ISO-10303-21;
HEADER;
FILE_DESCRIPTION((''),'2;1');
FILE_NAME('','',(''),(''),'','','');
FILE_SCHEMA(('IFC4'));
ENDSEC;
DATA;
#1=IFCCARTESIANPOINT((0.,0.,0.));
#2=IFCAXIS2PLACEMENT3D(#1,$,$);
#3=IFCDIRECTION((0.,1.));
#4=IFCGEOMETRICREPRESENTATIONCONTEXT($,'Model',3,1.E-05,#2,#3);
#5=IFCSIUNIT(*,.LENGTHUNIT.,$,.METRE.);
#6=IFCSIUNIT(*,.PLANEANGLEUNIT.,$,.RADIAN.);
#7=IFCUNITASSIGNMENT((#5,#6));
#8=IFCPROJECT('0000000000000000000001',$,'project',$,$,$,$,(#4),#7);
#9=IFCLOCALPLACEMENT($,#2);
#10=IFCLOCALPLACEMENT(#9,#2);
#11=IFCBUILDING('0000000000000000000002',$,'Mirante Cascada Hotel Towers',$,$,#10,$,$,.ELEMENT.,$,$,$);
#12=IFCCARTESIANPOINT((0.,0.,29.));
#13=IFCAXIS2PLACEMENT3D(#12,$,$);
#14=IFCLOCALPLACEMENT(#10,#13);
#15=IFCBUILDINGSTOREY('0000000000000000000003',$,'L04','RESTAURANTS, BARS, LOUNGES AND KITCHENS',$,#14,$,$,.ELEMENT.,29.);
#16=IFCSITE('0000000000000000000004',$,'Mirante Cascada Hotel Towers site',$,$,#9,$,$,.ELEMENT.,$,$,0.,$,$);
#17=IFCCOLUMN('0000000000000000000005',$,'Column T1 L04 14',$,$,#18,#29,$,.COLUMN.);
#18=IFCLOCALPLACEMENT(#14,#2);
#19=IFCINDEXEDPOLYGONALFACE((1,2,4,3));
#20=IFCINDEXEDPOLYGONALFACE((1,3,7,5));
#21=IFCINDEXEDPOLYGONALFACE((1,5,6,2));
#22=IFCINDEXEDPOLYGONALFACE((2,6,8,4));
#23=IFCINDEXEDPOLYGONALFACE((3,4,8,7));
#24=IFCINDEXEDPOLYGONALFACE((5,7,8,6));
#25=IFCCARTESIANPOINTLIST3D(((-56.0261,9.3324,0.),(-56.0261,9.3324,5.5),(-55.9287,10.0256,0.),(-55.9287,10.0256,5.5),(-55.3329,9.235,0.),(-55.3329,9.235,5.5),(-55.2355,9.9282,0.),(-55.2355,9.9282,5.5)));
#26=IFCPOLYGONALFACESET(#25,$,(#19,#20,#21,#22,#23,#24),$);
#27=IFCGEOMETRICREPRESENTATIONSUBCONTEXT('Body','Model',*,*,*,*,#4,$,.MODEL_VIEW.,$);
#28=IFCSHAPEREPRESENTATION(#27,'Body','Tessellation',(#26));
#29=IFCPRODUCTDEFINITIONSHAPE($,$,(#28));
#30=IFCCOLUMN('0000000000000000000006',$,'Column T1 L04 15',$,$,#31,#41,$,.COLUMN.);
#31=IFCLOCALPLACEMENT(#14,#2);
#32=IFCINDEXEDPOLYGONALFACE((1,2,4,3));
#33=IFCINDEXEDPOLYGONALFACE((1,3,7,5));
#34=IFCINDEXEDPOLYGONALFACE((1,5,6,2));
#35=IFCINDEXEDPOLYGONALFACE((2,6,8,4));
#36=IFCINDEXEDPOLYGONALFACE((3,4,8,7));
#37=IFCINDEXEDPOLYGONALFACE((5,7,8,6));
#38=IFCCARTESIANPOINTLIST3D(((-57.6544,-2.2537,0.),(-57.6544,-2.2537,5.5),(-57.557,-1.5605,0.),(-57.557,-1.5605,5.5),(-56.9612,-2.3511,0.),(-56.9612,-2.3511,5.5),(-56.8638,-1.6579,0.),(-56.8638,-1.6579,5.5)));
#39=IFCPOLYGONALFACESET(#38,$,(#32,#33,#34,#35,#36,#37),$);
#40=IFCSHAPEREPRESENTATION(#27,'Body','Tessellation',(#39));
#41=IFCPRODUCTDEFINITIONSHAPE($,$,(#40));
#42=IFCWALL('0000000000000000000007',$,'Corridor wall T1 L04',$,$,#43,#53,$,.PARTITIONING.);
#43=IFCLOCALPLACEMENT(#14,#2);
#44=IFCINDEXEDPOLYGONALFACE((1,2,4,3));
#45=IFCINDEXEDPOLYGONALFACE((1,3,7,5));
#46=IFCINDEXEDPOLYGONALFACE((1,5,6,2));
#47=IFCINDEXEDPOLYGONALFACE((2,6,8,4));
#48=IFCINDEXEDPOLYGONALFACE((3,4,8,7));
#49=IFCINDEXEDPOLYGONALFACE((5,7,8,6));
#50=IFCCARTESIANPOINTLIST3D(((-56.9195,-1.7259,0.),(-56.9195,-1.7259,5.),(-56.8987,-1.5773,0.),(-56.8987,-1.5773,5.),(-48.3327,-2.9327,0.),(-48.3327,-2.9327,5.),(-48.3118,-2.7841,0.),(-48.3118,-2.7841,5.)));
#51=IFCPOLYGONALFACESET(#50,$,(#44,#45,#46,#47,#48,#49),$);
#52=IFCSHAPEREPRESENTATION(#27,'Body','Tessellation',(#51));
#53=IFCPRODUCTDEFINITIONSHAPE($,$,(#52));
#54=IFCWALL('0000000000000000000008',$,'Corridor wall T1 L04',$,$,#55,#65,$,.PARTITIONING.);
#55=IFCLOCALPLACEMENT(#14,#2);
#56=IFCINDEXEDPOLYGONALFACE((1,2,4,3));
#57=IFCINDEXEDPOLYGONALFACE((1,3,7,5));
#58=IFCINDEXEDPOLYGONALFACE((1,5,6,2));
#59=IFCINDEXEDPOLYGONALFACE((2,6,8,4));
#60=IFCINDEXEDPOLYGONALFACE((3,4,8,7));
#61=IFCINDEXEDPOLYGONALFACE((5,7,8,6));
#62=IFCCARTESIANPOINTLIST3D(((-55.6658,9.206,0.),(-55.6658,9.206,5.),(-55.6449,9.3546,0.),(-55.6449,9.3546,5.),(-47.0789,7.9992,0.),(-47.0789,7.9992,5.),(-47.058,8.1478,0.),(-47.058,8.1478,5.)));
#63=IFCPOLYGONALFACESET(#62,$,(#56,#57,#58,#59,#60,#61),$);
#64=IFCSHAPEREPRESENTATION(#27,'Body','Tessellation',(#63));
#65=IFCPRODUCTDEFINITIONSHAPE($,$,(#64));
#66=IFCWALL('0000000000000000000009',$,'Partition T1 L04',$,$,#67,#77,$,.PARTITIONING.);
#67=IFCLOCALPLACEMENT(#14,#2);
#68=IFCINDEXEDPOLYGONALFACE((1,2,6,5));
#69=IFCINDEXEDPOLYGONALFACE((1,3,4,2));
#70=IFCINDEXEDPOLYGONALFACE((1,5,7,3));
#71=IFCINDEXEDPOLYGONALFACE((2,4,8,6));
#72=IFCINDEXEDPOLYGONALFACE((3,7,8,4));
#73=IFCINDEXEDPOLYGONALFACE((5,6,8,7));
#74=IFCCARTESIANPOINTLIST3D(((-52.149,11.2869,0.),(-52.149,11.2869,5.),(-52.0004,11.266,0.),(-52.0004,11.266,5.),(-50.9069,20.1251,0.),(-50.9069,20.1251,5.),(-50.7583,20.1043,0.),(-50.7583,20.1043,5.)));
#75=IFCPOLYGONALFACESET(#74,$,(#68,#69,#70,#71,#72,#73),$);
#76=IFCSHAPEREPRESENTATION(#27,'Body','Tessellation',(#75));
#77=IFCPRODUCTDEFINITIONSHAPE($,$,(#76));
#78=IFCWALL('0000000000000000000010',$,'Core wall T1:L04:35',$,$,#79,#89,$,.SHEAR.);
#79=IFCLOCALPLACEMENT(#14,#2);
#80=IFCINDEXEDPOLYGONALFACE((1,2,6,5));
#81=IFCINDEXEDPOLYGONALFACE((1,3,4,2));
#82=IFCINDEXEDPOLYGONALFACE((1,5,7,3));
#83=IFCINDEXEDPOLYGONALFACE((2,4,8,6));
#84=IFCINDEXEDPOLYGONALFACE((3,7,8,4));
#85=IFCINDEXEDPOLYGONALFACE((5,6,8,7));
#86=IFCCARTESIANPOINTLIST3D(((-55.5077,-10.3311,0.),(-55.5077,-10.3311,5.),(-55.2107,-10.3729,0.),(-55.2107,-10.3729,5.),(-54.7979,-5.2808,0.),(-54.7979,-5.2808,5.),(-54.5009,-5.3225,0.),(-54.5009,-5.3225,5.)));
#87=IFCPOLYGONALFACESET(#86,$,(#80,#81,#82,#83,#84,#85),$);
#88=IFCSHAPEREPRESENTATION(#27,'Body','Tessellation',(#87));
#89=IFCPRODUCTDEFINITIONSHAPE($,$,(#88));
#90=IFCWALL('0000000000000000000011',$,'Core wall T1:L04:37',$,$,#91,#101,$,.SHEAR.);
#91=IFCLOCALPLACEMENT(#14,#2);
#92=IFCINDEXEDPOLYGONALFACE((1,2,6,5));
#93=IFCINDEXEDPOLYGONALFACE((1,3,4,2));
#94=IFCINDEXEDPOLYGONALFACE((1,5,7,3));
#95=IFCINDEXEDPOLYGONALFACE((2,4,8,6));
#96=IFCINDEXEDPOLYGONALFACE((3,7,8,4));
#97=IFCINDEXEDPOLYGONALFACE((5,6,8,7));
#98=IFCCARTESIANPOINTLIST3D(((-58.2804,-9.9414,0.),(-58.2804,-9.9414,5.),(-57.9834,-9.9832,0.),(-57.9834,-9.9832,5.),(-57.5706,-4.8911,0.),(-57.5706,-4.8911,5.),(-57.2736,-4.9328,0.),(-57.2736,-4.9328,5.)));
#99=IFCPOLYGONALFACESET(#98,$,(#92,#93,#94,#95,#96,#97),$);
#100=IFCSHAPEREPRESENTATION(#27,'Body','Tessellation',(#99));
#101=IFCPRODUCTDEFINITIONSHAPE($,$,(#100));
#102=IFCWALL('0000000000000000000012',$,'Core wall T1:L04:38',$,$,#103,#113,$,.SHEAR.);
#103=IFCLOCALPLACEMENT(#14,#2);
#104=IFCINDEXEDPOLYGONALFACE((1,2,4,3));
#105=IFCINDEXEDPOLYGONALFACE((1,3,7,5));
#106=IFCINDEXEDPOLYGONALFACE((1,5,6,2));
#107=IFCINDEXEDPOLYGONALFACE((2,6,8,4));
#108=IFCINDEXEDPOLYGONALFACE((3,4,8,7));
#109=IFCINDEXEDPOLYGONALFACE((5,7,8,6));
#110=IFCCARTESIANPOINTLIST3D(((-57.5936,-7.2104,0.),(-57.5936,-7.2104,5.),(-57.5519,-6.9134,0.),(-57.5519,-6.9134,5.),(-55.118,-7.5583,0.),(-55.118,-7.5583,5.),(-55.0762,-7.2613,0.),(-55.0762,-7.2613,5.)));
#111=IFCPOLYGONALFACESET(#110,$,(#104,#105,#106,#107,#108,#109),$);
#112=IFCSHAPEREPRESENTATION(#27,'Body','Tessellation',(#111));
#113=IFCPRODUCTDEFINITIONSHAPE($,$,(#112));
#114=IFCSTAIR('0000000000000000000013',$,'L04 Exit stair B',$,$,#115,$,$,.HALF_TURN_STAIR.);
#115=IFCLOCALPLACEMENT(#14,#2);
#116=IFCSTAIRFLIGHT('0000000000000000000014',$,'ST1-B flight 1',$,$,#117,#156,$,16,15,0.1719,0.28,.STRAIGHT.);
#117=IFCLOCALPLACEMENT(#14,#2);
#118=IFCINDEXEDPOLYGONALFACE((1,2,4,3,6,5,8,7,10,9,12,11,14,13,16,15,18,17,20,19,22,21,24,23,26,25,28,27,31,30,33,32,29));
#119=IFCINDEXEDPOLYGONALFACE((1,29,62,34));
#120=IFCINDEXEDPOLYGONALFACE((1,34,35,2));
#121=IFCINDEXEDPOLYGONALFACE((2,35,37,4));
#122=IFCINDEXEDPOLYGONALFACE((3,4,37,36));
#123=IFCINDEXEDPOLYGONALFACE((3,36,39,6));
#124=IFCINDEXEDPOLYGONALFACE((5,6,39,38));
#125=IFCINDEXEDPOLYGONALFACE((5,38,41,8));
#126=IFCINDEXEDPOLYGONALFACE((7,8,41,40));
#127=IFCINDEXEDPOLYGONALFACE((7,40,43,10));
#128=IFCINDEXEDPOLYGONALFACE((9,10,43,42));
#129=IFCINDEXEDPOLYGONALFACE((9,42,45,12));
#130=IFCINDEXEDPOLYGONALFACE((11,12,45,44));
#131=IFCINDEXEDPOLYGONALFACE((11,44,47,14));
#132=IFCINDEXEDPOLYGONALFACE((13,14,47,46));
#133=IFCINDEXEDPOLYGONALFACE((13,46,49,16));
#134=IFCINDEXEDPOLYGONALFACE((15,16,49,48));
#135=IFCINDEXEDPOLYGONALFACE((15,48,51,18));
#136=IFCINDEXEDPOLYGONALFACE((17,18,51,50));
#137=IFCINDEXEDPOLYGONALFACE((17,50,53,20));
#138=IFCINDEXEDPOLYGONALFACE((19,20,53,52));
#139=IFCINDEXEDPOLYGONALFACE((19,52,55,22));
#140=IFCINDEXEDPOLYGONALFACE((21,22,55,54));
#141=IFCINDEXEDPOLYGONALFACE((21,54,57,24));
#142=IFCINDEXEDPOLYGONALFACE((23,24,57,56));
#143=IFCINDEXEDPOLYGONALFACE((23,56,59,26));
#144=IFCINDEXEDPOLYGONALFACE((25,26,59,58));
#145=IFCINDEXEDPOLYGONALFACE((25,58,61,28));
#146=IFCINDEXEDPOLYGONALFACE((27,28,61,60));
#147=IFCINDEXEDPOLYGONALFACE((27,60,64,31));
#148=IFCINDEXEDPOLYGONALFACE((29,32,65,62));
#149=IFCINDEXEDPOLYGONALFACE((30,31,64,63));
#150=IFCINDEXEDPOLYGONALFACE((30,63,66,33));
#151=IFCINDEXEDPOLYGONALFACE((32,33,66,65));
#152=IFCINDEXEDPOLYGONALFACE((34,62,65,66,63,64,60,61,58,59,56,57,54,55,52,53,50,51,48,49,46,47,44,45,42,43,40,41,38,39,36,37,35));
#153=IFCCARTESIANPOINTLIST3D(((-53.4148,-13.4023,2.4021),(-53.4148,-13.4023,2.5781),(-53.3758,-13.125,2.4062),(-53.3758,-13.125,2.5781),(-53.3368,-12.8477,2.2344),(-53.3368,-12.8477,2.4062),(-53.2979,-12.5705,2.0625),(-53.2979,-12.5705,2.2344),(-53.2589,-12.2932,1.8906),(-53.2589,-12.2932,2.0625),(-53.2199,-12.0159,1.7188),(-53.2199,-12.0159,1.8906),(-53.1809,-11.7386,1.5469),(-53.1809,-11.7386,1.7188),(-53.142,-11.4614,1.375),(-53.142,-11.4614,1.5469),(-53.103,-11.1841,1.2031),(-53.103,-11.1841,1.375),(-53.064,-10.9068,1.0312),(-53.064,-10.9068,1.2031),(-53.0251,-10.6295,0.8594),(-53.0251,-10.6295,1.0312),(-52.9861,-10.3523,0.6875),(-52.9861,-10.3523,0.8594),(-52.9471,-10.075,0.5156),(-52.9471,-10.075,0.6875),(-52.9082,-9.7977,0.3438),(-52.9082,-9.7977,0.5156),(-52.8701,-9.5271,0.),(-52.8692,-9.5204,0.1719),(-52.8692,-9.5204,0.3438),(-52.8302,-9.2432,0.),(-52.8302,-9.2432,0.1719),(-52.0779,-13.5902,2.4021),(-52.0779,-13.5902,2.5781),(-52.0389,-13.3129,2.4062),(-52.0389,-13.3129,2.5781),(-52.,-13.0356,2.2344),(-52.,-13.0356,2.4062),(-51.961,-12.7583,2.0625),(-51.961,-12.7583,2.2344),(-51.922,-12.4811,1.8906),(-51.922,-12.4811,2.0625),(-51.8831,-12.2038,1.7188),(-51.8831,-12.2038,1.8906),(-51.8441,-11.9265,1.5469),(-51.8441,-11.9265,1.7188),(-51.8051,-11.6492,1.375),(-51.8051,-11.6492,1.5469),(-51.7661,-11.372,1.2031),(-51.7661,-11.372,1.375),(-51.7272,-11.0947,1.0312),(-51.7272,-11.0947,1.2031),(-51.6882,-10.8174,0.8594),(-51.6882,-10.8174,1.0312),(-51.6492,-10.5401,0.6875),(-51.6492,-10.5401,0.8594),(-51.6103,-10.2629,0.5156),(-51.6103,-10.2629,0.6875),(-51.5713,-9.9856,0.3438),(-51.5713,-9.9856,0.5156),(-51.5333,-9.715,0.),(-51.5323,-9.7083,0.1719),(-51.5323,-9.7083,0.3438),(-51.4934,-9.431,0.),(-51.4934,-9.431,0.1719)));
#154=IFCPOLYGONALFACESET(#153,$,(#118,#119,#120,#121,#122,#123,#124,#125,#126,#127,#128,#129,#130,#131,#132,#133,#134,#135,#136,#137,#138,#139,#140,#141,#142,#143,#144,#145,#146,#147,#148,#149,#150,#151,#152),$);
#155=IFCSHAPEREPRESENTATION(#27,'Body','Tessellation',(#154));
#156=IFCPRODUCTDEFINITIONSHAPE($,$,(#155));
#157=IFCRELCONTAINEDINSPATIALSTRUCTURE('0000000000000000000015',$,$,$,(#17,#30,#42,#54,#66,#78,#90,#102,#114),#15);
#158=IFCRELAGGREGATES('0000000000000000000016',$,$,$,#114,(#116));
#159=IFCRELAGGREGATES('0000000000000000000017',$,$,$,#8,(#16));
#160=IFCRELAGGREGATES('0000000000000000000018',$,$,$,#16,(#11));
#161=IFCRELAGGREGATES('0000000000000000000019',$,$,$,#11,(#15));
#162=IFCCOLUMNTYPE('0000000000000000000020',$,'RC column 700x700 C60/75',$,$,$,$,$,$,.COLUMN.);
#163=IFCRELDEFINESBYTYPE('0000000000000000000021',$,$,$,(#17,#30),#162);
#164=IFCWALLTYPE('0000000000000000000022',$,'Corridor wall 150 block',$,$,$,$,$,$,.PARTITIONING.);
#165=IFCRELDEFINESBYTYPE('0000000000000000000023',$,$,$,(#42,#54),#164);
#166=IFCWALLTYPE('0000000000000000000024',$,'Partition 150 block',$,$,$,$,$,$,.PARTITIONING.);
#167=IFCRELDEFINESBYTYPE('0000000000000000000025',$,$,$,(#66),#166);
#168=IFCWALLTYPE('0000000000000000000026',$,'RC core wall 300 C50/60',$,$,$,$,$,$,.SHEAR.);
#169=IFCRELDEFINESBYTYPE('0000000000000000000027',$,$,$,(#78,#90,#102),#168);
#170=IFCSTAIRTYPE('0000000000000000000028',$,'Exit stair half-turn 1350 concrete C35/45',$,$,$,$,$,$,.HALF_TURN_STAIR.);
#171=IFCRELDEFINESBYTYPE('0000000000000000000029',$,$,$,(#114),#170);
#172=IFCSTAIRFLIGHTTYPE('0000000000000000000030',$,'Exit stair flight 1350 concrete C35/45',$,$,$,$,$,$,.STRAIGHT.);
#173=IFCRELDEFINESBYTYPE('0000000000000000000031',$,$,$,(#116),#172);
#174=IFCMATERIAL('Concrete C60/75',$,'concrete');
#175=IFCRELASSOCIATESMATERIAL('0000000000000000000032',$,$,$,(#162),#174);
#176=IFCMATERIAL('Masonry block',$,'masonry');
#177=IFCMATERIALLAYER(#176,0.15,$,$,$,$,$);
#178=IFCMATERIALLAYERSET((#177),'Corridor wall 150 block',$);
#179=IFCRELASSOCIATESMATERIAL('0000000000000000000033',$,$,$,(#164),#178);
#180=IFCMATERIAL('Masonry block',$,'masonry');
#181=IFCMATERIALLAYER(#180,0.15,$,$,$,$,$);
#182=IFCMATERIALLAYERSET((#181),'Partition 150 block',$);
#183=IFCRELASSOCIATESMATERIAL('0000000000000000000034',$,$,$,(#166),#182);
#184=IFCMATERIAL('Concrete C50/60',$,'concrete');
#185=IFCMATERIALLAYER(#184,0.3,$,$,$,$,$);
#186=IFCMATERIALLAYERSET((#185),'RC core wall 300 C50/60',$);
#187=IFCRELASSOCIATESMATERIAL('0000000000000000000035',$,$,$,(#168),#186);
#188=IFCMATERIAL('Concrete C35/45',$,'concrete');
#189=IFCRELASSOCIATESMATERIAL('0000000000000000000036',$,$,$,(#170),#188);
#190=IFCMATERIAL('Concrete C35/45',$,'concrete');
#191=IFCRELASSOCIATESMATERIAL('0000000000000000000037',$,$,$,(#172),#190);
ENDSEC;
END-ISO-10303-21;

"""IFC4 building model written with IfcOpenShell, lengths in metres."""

from ifc_helpers import new_model, si_unit, direction, frame, frame_2d, origin, origin_2d, place, context, subcontext, project, spatial, polyline, rectangle, outline, extrude, material, layer, layer_set, material_profile, profile_set, type_object, element, aggregate, save


model = new_model("IFC4")

# Units and contexts
model_context = context("Model", 3, precision=1e-05, world=origin(), true_north=direction((0.0, 1.0)))
body_context = subcontext(model_context, "Body", "Model", "MODEL_VIEW")
ifc_project = project(units=[si_unit("LENGTHUNIT", "METRE"), si_unit("PLANEANGLEUNIT", "RADIAN")], contexts=[model_context])

# Site, building, storey
site_placement = place(None, origin())
site = spatial("IfcSite", under=ifc_project, at=site_placement, Name="Mirante Cascada Hotel Towers site", CompositionType="ELEMENT", RefElevation=0.0)
building_placement = place(site_placement, origin())
building = spatial("IfcBuilding", under=site, at=building_placement, Name="Mirante Cascada Hotel Towers", CompositionType="ELEMENT")
storey_placement = place(building_placement, frame((0.0, 0.0, 29.0)))
storey = spatial("IfcBuildingStorey", under=building, at=storey_placement, Name="L04", Description="RESTAURANTS, BARS, LOUNGES AND KITCHENS", CompositionType="ELEMENT", Elevation=29.0)

# Columns
ifc_material_1 = material(Name="Concrete C60/75", Category="concrete")
ifc_material_profile = material_profile(ifc_material_1, rectangle(XDim=0.7, YDim=0.7, at=origin_2d()), Name="RC column 700x700 C60/75")
ifc_profile_set = profile_set([ifc_material_profile], Name="Concrete C60/75")
column_type = type_object("IfcColumnType", Name="RC column 700x700 C60/75", PredefinedType="COLUMN", material=ifc_profile_set)
for number, where, z_axis, x_axis, name in (
    (1, (-55.6308, 9.6303, 0.0), (0.0, 0.0, 1.0), (-0.990268, 0.139173, 0.0), "Column T1 L04 14"),
    (2, (-57.2591, -1.9558, 0.0), (0.0, 0.0, 1.0), (-0.990268, 0.139173, 0.0), "Column T1 L04 15"),
):
    element("IfcColumn", number, at=place(storey_placement, frame(where, z_axis=z_axis, x_axis=x_axis)), inside=storey, type_object=column_type, Name=name, PredefinedType="COLUMN", context=body_context, shape_type="SweptSolid", body=[
        extrude(rectangle(XDim=0.7, YDim=0.7, at=origin_2d()), origin(), (0.0, 0.0, 1.0), 5.5),
    ])

# Walls
ifc_material_2 = material(Name="Masonry block", Category="masonry")
ifc_layer_1 = layer(ifc_material_2, 0.15)
ifc_layer_set_1 = layer_set([ifc_layer_1], Name="Corridor wall 150 block")
wall_type_1 = type_object("IfcWallType", Name="Corridor wall 150 block", PredefinedType="PARTITIONING", material=ifc_layer_set_1)
wall_1_placement = place(storey_placement, frame((-56.9091, -1.6516, 0.0), z_axis=(0.0, 0.0, 1.0), x_axis=(0.990268, -0.139174, 0.0)))
element("IfcWall", 3, at=wall_1_placement, inside=storey, type_object=wall_type_1, Name="Corridor wall T1 L04", PredefinedType="PARTITIONING", context=body_context, shape_type="SweptSolid", body=[
    extrude(rectangle(XDim=8.6712, YDim=0.15, at=frame_2d((4.3356, 0.0))), origin(), (0.0, 0.0, 1.0), 5.0),
])
wall_2_placement = place(storey_placement, frame((-55.6553, 9.2803, 0.0), z_axis=(0.0, 0.0, 1.0), x_axis=(0.990268, -0.139172, 0.0)))
element("IfcWall", 4, at=wall_2_placement, inside=storey, type_object=wall_type_1, Name="Corridor wall T1 L04", PredefinedType="PARTITIONING", context=body_context, shape_type="SweptSolid", body=[
    extrude(rectangle(XDim=8.6713, YDim=0.15, at=frame_2d((4.3356, 0.0))), origin(), (0.0, 0.0, 1.0), 5.0),
])
ifc_material_3 = material(Name="Masonry block", Category="masonry")
ifc_layer_2 = layer(ifc_material_3, 0.15)
ifc_layer_set_2 = layer_set([ifc_layer_2], Name="Partition 150 block")
wall_type_2 = type_object("IfcWallType", Name="Partition 150 block", PredefinedType="PARTITIONING", material=ifc_layer_set_2)
wall_3_placement = place(storey_placement, frame((-52.0747, 11.2764, 0.0), z_axis=(0.0, 0.0, 1.0), x_axis=(0.13917, 0.990268, 0.0)))
element("IfcWall", 5, at=wall_3_placement, inside=storey, type_object=wall_type_2, Name="Partition T1 L04", PredefinedType="PARTITIONING", context=body_context, shape_type="SweptSolid", body=[
    extrude(rectangle(XDim=8.9251, YDim=0.15, at=frame_2d((4.4626, 0.0))), origin(), (0.0, 0.0, 1.0), 5.0),
])
ifc_material_4 = material(Name="Concrete C50/60", Category="concrete")
ifc_layer_3 = layer(ifc_material_4, 0.3)
ifc_layer_set_3 = layer_set([ifc_layer_3], Name="RC core wall 300 C50/60")
wall_type_3 = type_object("IfcWallType", Name="RC core wall 300 C50/60", PredefinedType="SHEAR", material=ifc_layer_set_3)
for number, where, z_axis, x_axis, name in (
    (6, (-55.3592, -10.352, 0.0), (0.0, 0.0, 1.0), (0.139176, 0.990268, 0.0), "Core wall T1:L04:35"),
    (7, (-58.1319, -9.9623, 0.0), (0.0, 0.0, 1.0), (0.139176, 0.990268, 0.0), "Core wall T1:L04:37"),
):
    element("IfcWall", number, at=place(storey_placement, frame(where, z_axis=z_axis, x_axis=x_axis)), inside=storey, type_object=wall_type_3, Name=name, PredefinedType="SHEAR", context=body_context, shape_type="SweptSolid", body=[
        extrude(rectangle(XDim=5.1, YDim=0.3, at=frame_2d((2.55, 0.0))), origin(), (0.0, 0.0, 1.0), 5.0),
    ])
wall_4_placement = place(storey_placement, frame((-55.0971, -7.4098, 0.0), z_axis=(0.0, 0.0, 1.0), x_axis=(-0.99027, 0.139159, 0.0)))
element("IfcWall", 8, at=wall_4_placement, inside=storey, type_object=wall_type_3, Name="Core wall T1:L04:38", PredefinedType="SHEAR", context=body_context, shape_type="SweptSolid", body=[
    extrude(rectangle(XDim=2.5, YDim=0.3, at=frame_2d((1.25, 0.0))), origin(), (0.0, 0.0, 1.0), 5.0),
])

# Stair, stair flight
ifc_material_5 = material(Name="Concrete C35/45", Category="concrete")
stair_type = type_object("IfcStairType", Name="Exit stair half-turn 1350 concrete C35/45", PredefinedType="HALF_TURN_STAIR", material=ifc_material_5)
stair_placement = place(storey_placement, origin())
stair = element("IfcStair", 9, at=stair_placement, inside=storey, type_object=stair_type, Name="L04 Exit stair B", PredefinedType="HALF_TURN_STAIR")
ifc_material_6 = material(Name="Concrete C35/45", Category="concrete")
stair_flight_type = type_object("IfcStairFlightType", Name="Exit stair flight 1350 concrete C35/45", PredefinedType="STRAIGHT", material=ifc_material_6)
stair_flight_placement = place(storey_placement, frame((-52.1618, -9.3371, 0.0), z_axis=(0.0, 0.0, 1.0), x_axis=(-0.139173, -0.990268, 0.0)))
stair_flight = element("IfcStairFlight", 10, at=stair_flight_placement, type_object=stair_flight_type, Name="ST1-B flight 1", NumberOfRisers=16, NumberOfTreads=15, PredefinedType="STRAIGHT", RiserHeight=0.1719, TreadLength=0.28, context=body_context, shape_type="SweptSolid", body=[
    extrude(outline(polyline([(0.0, 0.0), (0.0, 0.1719), (0.28, 0.1719), (0.28, 0.3438), (0.56, 0.3438), (0.56, 0.5156), (0.84, 0.5156), (0.84, 0.6875), (1.12, 0.6875), (1.12, 0.8594), (1.4, 0.8594), (1.4, 1.0312), (1.68, 1.0312), (1.68, 1.2031), (1.96, 1.2031), (1.96, 1.375), (2.24, 1.375), (2.24, 1.5469), (2.52, 1.5469), (2.52, 1.7188), (2.8, 1.7188), (2.8, 1.8906), (3.08, 1.8906), (3.08, 2.0625), (3.36, 2.0625), (3.36, 2.2344), (3.64, 2.2344), (3.64, 2.4062), (3.92, 2.4062), (3.92, 2.5781), (4.2, 2.5781), (4.2, 2.75), (4.2, 2.4021), (0.2867, 0.0), (0.0, 0.0)])), frame((0.0, 0.675, 0.0), z_axis=(0.0, -1.0, 0.0), x_axis=(1.0, 0.0, 0.0)), (0.0, 0.0, 1.0), 1.35),
])
aggregate(stair, [stair_flight])

save(model, "model.ifc")
